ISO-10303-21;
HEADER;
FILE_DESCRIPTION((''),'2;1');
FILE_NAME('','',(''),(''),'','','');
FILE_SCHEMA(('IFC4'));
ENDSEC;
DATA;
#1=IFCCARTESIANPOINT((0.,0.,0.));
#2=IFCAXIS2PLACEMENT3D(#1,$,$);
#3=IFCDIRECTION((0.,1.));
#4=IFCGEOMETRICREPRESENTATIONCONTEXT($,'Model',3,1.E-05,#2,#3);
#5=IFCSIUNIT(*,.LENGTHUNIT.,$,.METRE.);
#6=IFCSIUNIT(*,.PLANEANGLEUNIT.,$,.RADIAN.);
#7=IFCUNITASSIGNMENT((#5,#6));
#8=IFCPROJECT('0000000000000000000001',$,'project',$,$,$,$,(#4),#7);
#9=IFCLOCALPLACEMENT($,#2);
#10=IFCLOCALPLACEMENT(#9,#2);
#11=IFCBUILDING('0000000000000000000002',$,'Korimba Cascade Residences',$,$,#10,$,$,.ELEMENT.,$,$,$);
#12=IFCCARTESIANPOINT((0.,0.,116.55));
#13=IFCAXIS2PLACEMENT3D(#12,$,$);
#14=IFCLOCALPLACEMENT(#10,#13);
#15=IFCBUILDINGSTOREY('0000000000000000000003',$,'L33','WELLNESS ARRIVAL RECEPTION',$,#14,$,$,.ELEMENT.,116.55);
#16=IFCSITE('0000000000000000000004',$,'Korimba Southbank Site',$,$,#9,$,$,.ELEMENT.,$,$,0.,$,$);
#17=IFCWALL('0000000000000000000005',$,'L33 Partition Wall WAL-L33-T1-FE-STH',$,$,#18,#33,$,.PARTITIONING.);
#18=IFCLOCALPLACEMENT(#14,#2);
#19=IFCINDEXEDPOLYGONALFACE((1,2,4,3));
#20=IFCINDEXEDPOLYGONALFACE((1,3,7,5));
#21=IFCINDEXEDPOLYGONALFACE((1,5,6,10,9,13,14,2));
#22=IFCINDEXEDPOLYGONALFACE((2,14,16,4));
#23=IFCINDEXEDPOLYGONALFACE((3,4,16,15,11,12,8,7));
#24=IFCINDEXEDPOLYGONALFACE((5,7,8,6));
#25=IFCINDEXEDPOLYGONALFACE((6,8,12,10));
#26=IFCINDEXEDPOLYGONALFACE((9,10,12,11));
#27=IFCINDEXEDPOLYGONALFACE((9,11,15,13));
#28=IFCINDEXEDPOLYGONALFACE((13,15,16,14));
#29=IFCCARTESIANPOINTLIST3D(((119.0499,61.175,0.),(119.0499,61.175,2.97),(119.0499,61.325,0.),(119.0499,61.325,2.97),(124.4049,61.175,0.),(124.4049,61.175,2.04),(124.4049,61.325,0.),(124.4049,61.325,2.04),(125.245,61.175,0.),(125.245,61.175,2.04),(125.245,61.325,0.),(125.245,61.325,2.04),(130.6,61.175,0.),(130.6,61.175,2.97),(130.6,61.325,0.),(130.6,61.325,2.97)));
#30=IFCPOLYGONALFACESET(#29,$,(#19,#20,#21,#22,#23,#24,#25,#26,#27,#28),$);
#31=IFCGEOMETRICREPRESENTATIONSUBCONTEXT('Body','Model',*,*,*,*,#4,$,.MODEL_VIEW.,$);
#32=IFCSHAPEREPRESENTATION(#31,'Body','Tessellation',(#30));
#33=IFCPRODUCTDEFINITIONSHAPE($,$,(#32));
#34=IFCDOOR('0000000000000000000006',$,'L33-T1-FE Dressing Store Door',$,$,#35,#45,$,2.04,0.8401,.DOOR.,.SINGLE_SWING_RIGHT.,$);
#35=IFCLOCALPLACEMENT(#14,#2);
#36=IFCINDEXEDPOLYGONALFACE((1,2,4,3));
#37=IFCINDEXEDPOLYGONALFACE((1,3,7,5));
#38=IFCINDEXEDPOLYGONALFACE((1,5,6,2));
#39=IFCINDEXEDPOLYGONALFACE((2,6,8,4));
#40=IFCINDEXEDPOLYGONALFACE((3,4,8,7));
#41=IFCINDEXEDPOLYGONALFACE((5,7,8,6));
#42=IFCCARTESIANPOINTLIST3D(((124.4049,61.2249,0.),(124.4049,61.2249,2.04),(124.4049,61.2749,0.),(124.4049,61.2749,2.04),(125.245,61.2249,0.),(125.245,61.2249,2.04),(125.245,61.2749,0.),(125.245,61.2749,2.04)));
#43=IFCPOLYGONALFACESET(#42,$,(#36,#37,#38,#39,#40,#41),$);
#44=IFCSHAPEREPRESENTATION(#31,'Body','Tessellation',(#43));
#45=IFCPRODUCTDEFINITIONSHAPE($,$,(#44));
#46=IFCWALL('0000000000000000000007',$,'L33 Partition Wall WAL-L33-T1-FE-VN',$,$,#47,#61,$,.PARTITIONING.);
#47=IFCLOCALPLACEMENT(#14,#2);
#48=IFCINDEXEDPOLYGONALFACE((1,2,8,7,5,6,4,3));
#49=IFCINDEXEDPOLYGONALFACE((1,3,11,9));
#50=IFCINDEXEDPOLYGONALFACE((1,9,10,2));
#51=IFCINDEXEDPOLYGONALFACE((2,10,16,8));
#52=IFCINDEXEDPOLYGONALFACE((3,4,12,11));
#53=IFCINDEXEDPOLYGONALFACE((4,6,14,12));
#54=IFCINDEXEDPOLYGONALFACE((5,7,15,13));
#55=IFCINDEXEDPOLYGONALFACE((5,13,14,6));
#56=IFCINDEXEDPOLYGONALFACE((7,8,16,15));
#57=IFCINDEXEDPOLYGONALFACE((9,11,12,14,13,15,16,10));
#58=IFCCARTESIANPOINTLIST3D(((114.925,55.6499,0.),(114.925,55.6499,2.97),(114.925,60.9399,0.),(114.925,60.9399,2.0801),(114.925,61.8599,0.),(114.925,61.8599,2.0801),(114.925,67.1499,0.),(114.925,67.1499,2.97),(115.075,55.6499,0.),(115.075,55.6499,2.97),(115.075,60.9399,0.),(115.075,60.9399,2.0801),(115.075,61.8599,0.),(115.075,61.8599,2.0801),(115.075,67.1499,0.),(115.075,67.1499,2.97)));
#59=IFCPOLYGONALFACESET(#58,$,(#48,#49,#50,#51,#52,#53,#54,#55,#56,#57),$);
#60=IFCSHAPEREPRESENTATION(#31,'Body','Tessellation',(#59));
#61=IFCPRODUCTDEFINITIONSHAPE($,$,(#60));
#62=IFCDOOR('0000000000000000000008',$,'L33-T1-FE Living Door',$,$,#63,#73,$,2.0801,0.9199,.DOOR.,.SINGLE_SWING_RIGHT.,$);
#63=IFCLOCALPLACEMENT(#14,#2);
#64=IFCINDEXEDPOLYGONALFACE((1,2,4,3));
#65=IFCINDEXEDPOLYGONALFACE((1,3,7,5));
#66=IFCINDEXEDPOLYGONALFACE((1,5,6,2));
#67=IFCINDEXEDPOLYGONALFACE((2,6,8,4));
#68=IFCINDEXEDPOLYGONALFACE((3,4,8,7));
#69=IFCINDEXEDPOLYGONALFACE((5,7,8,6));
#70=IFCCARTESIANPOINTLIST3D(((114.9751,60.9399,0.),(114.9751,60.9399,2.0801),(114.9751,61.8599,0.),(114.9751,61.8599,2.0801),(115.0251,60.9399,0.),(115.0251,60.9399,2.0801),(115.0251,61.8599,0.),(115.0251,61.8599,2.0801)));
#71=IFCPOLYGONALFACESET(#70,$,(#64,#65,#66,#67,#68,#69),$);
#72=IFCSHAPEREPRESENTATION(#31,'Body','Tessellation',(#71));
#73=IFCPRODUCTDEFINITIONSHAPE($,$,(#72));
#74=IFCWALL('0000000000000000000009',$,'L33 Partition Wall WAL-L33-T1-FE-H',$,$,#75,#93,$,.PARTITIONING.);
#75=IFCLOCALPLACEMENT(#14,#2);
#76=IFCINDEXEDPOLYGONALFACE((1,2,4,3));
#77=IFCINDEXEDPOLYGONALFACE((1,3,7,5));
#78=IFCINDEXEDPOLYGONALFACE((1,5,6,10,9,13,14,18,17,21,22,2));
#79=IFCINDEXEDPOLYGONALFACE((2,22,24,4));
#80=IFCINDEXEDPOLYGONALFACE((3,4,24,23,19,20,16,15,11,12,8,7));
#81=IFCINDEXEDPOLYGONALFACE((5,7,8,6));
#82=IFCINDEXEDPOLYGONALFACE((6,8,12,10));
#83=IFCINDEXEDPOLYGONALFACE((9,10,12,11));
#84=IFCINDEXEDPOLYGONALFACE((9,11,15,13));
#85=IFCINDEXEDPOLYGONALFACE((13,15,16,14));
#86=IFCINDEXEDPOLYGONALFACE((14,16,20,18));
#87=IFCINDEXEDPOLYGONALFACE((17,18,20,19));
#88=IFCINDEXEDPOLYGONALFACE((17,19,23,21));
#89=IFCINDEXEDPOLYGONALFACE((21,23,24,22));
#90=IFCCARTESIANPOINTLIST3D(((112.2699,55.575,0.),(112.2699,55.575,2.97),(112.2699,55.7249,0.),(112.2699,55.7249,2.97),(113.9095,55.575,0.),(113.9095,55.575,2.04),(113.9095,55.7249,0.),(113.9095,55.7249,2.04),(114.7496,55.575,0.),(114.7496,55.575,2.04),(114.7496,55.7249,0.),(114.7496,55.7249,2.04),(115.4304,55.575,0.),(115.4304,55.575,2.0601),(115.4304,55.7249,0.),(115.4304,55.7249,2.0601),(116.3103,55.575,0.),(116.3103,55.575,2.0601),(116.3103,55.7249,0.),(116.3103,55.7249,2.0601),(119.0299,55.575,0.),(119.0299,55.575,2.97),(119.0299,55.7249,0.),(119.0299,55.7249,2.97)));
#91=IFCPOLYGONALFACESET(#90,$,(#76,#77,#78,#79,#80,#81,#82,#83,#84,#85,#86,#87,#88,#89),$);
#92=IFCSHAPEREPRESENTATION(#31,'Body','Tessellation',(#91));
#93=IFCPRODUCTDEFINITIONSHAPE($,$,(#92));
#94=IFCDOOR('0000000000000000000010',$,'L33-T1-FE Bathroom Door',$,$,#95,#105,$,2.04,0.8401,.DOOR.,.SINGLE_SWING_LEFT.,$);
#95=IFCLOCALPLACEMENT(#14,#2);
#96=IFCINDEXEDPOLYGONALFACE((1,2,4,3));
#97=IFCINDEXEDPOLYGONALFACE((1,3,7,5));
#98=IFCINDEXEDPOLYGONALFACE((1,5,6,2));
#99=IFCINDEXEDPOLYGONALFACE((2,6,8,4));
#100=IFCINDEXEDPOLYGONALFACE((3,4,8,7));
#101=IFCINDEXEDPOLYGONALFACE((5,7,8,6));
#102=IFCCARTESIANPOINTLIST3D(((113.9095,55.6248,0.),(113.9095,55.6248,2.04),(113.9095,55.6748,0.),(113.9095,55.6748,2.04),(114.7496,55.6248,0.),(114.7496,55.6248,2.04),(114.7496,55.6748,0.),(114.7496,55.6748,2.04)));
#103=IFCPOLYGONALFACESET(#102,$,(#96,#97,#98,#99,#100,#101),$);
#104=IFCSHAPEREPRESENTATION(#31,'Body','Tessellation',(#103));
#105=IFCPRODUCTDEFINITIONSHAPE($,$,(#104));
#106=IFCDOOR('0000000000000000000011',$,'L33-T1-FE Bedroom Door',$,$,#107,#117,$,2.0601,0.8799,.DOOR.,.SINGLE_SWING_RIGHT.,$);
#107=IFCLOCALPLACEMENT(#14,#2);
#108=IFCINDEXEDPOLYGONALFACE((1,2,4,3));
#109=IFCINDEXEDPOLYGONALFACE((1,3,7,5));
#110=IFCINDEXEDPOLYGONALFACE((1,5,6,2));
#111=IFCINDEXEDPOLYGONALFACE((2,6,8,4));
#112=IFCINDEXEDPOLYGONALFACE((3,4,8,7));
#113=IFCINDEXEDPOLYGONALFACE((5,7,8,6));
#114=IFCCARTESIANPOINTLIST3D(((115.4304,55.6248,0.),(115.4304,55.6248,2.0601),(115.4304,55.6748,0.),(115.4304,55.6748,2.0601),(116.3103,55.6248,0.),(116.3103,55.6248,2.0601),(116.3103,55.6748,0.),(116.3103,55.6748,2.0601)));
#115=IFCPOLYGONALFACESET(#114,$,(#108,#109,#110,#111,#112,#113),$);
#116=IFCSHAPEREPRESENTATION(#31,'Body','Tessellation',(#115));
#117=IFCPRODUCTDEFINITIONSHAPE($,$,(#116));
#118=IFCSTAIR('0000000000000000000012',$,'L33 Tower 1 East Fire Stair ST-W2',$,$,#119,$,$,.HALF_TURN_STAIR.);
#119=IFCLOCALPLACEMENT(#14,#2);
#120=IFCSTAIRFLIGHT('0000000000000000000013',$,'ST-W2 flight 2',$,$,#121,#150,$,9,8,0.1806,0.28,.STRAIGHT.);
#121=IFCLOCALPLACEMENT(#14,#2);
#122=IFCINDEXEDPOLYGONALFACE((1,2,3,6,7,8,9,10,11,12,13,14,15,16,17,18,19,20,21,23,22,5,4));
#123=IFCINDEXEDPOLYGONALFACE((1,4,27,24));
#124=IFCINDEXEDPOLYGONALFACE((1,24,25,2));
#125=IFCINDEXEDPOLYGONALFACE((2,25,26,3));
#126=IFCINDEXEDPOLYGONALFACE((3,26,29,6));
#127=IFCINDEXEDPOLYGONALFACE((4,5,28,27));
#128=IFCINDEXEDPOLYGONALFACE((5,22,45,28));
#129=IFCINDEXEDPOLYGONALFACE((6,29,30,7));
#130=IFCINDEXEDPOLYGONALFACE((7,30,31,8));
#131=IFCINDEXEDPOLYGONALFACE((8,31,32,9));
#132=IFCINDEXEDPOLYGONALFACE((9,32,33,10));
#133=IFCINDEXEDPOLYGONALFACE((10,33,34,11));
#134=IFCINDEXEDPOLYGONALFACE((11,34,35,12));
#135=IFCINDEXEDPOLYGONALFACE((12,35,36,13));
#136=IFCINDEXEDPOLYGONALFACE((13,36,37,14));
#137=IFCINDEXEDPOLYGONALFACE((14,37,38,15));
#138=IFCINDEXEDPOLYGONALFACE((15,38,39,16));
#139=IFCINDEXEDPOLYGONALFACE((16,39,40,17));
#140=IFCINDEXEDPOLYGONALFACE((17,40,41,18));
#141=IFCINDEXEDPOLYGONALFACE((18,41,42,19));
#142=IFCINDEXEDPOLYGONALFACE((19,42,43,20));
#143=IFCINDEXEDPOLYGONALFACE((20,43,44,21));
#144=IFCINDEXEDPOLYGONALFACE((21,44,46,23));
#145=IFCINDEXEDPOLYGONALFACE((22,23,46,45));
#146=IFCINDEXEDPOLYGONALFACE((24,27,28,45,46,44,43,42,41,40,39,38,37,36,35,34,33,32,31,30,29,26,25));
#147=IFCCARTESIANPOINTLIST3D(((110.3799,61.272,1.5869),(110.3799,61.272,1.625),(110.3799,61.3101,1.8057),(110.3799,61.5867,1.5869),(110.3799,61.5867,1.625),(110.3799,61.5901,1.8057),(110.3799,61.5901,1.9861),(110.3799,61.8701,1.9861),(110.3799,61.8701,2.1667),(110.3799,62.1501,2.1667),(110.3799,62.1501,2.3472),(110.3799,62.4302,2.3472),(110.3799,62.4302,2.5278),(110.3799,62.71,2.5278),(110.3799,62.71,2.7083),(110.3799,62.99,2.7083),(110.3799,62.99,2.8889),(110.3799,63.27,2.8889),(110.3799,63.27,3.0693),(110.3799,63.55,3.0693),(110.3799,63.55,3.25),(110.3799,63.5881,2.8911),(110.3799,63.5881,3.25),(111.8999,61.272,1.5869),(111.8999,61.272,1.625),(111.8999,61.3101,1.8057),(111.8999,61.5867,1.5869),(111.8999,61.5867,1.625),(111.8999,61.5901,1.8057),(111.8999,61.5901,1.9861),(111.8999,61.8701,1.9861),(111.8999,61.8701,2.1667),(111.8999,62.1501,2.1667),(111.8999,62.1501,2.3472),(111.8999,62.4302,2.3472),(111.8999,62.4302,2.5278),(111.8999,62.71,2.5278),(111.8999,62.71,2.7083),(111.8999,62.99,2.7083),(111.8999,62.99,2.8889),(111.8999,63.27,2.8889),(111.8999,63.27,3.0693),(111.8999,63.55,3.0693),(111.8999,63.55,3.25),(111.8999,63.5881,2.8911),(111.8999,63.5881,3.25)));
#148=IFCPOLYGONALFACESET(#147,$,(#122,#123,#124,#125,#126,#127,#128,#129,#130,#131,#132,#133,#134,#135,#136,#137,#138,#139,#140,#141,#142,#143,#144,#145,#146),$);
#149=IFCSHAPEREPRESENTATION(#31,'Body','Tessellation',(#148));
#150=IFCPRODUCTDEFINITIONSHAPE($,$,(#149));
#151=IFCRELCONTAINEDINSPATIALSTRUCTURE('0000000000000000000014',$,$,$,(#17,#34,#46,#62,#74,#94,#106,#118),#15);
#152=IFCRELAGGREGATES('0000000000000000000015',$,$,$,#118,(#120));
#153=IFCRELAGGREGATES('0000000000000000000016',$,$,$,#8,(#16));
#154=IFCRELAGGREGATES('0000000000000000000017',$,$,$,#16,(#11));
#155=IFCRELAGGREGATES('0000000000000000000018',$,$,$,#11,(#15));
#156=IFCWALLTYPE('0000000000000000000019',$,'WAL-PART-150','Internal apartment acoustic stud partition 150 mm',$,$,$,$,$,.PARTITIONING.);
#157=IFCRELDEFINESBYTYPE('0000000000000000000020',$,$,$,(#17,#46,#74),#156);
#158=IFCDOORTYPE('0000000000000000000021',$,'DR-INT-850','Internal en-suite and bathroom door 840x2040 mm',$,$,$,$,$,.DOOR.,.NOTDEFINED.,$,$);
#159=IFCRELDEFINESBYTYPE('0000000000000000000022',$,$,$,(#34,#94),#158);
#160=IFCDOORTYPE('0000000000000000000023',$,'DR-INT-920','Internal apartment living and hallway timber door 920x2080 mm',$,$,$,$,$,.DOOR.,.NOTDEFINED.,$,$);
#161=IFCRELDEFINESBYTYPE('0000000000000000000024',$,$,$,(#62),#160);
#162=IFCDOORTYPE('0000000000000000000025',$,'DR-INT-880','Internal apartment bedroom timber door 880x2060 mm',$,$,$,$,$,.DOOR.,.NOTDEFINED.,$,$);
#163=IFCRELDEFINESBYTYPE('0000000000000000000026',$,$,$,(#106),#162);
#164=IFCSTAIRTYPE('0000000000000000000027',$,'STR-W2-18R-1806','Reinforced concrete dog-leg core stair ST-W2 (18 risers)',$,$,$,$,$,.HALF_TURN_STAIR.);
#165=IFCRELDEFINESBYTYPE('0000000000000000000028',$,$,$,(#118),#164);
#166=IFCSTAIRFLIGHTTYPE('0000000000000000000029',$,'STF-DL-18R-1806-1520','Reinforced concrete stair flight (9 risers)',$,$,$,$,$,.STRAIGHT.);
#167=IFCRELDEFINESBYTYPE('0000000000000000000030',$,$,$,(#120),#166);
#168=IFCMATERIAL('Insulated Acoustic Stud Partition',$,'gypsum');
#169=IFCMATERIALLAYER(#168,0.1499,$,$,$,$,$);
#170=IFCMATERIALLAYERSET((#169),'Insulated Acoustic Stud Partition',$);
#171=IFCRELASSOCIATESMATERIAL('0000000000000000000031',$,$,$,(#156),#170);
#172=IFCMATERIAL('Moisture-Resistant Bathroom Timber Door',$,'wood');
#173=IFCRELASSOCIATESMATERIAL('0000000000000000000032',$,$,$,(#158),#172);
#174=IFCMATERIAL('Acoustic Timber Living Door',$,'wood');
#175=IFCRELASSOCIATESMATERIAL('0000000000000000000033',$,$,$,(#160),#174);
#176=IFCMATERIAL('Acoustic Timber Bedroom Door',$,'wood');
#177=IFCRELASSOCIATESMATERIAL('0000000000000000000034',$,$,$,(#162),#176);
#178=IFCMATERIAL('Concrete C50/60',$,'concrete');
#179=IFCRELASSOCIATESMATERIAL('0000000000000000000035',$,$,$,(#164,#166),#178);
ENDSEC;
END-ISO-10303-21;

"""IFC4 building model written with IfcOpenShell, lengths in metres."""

from ifc_helpers import new_model, si_unit, direction, frame, frame_2d, origin, place, context, subcontext, project, spatial, polyline, rectangle, outline, extrude, material, layer, layer_set, type_object, element, fill, aggregate, save


model = new_model("IFC4")

# Units and contexts
model_context = context("Model", 3, precision=1e-05, world=origin(), true_north=direction((0.0, 1.0)))
body_context = subcontext(model_context, "Body", "Model", "MODEL_VIEW")
ifc_project = project(units=[si_unit("LENGTHUNIT", "METRE"), si_unit("PLANEANGLEUNIT", "RADIAN")], contexts=[model_context])

# Site, building, storey
site_placement = place(None, origin())
site = spatial("IfcSite", under=ifc_project, at=site_placement, Name="Korimba Southbank Site", CompositionType="ELEMENT", RefElevation=0.0)
building_placement = place(site_placement, origin())
building = spatial("IfcBuilding", under=site, at=building_placement, Name="Korimba Cascade Residences", CompositionType="ELEMENT")
storey_placement = place(building_placement, frame((0.0, 0.0, 116.55)))
storey = spatial("IfcBuildingStorey", under=building, at=storey_placement, Name="L33", Description="WELLNESS ARRIVAL RECEPTION", CompositionType="ELEMENT", Elevation=116.55)

# Walls, openings, doors
ifc_material_1 = material(Name="Insulated Acoustic Stud Partition", Category="gypsum")
ifc_layer_1 = layer(ifc_material_1, 0.1499)
ifc_layer_set_1 = layer_set([ifc_layer_1], Name="Insulated Acoustic Stud Partition")
wall_type_1 = type_object("IfcWallType", Name="WAL-PART-150", Description="Internal apartment acoustic stud partition 150 mm", PredefinedType="PARTITIONING", material=ifc_layer_set_1)
wall_1_placement = place(storey_placement, frame((119.05, 61.25, 0.0), z_axis=(0.0, 0.0, 1.0), x_axis=(1.0, 0.0, 0.0)))
wall_1 = element("IfcWall", 1, at=wall_1_placement, inside=storey, type_object=wall_type_1, Name="L33 Partition Wall WAL-L33-T1-FE-STH", PredefinedType="PARTITIONING", context=body_context, shape_type="SweptSolid", body=[
    extrude(rectangle(XDim=11.55, YDim=0.1499, at=frame_2d((5.7749, 0.0))), origin(), (0.0, 0.0, 1.0), 2.97),
])
opening_1_placement = place(wall_1_placement, frame((5.355, 0.0, 0.0)))
opening_1 = element("IfcOpeningElement", 2, at=opening_1_placement, cuts=wall_1, PredefinedType="OPENING", context=body_context, shape_type="SweptSolid", body=[
    extrude(rectangle(XDim=0.8401, YDim=2.04, at=frame_2d((0.4199, 1.02))), frame((0.0, 0.085, 0.0), z_axis=(0.0, -1.0, 0.0), x_axis=(1.0, 0.0, 0.0)), (0.0, 0.0, 1.0), 0.1699),
])
ifc_material_2 = material(Name="Moisture-Resistant Bathroom Timber Door", Category="wood")
door_type_1 = type_object("IfcDoorType", Name="DR-INT-850", Description="Internal en-suite and bathroom door 840x2040 mm", OperationType="NOTDEFINED", PredefinedType="DOOR", material=ifc_material_2)
door_1_placement = place(opening_1_placement, origin())
door_1 = element("IfcDoor", 3, at=door_1_placement, inside=storey, type_object=door_type_1, Name="L33-T1-FE Dressing Store Door", OperationType="SINGLE_SWING_RIGHT", OverallHeight=2.04, OverallWidth=0.8401, PredefinedType="DOOR", context=body_context, shape_type="SweptSolid", body=[
    extrude(rectangle(XDim=0.8401, YDim=2.04, at=frame_2d((0.4199, 1.02))), frame((0.0, 0.0249, 0.0), z_axis=(0.0, -1.0, 0.0), x_axis=(1.0, 0.0, 0.0)), (0.0, 0.0, 1.0), 0.05),
])
fill(opening_1, door_1)
wall_2_placement = place(storey_placement, frame((115.0, 55.6499, 0.0), z_axis=(0.0, 0.0, 1.0), x_axis=(0.0, 1.0, 0.0)))
wall_2 = element("IfcWall", 4, at=wall_2_placement, inside=storey, type_object=wall_type_1, Name="L33 Partition Wall WAL-L33-T1-FE-VN", PredefinedType="PARTITIONING", context=body_context, shape_type="SweptSolid", body=[
    extrude(rectangle(XDim=11.5, YDim=0.1499, at=frame_2d((5.75, 0.0))), origin(), (0.0, 0.0, 1.0), 2.97),
])
opening_2_placement = place(wall_2_placement, frame((5.29, 0.0, 0.0)))
opening_2 = element("IfcOpeningElement", 5, at=opening_2_placement, cuts=wall_2, PredefinedType="OPENING", context=body_context, shape_type="SweptSolid", body=[
    extrude(rectangle(XDim=0.9199, YDim=2.0801, at=frame_2d((0.46, 1.04))), frame((0.0, 0.085, 0.0), z_axis=(0.0, -1.0, 0.0), x_axis=(1.0, 0.0, 0.0)), (0.0, 0.0, 1.0), 0.1699),
])
ifc_material_3 = material(Name="Acoustic Timber Living Door", Category="wood")
door_type_2 = type_object("IfcDoorType", Name="DR-INT-920", Description="Internal apartment living and hallway timber door 920x2080 mm", OperationType="NOTDEFINED", PredefinedType="DOOR", material=ifc_material_3)
door_2_placement = place(opening_2_placement, origin())
door_2 = element("IfcDoor", 6, at=door_2_placement, inside=storey, type_object=door_type_2, Name="L33-T1-FE Living Door", OperationType="SINGLE_SWING_RIGHT", OverallHeight=2.0801, OverallWidth=0.9199, PredefinedType="DOOR", context=body_context, shape_type="SweptSolid", body=[
    extrude(rectangle(XDim=0.9199, YDim=2.0801, at=frame_2d((0.46, 1.04))), frame((0.0, 0.0249, 0.0), z_axis=(0.0, -1.0, 0.0), x_axis=(1.0, 0.0, 0.0)), (0.0, 0.0, 1.0), 0.05),
])
fill(opening_2, door_2)

# Wall, openings, doors
wall_3_placement = place(storey_placement, frame((112.27, 55.6499, 0.0), z_axis=(0.0, 0.0, 1.0), x_axis=(1.0, 0.0, 0.0)))
wall_3 = element("IfcWall", 7, at=wall_3_placement, inside=storey, type_object=wall_type_1, Name="L33 Partition Wall WAL-L33-T1-FE-H", PredefinedType="PARTITIONING", context=body_context, shape_type="SweptSolid", body=[
    extrude(rectangle(XDim=6.76, YDim=0.1499, at=frame_2d((3.3799, 0.0))), origin(), (0.0, 0.0, 1.0), 2.97),
])
opening_3_placement = place(wall_3_placement, frame((1.6396, 0.0, 0.0)))
opening_3 = element("IfcOpeningElement", 8, at=opening_3_placement, cuts=wall_3, PredefinedType="OPENING", context=body_context, shape_type="SweptSolid", body=[
    extrude(rectangle(XDim=0.8401, YDim=2.04, at=frame_2d((0.4199, 1.02))), frame((0.0, 0.085, 0.0), z_axis=(0.0, -1.0, 0.0), x_axis=(1.0, 0.0, 0.0)), (0.0, 0.0, 1.0), 0.1699),
])
opening_4_placement = place(wall_3_placement, frame((3.1604, 0.0, 0.0)))
opening_4 = element("IfcOpeningElement", 9, at=opening_4_placement, cuts=wall_3, PredefinedType="OPENING", context=body_context, shape_type="SweptSolid", body=[
    extrude(rectangle(XDim=0.8799, YDim=2.0601, at=frame_2d((0.4399, 1.03))), frame((0.0, 0.085, 0.0), z_axis=(0.0, -1.0, 0.0), x_axis=(1.0, 0.0, 0.0)), (0.0, 0.0, 1.0), 0.1699),
])
door_3_placement = place(opening_3_placement, origin())
door_3 = element("IfcDoor", 10, at=door_3_placement, inside=storey, type_object=door_type_1, Name="L33-T1-FE Bathroom Door", OperationType="SINGLE_SWING_LEFT", OverallHeight=2.04, OverallWidth=0.8401, PredefinedType="DOOR", context=body_context, shape_type="SweptSolid", body=[
    extrude(rectangle(XDim=0.8401, YDim=2.04, at=frame_2d((0.4199, 1.02))), frame((0.0, 0.0249, 0.0), z_axis=(0.0, -1.0, 0.0), x_axis=(1.0, 0.0, 0.0)), (0.0, 0.0, 1.0), 0.05),
])
fill(opening_3, door_3)
ifc_material_4 = material(Name="Acoustic Timber Bedroom Door", Category="wood")
door_type_3 = type_object("IfcDoorType", Name="DR-INT-880", Description="Internal apartment bedroom timber door 880x2060 mm", OperationType="NOTDEFINED", PredefinedType="DOOR", material=ifc_material_4)
door_4_placement = place(opening_4_placement, origin())
door_4 = element("IfcDoor", 11, at=door_4_placement, inside=storey, type_object=door_type_3, Name="L33-T1-FE Bedroom Door", OperationType="SINGLE_SWING_RIGHT", OverallHeight=2.0601, OverallWidth=0.8799, PredefinedType="DOOR", context=body_context, shape_type="SweptSolid", body=[
    extrude(rectangle(XDim=0.8799, YDim=2.0601, at=frame_2d((0.4399, 1.03))), frame((0.0, 0.0249, 0.0), z_axis=(0.0, -1.0, 0.0), x_axis=(1.0, 0.0, 0.0)), (0.0, 0.0, 1.0), 0.05),
])
fill(opening_4, door_4)

# Stair, stair flight
ifc_material_5 = material(Name="Concrete C50/60", Category="concrete")
stair_type = type_object("IfcStairType", Name="STR-W2-18R-1806", Description="Reinforced concrete dog-leg core stair ST-W2 (18 risers)", PredefinedType="HALF_TURN_STAIR", material=ifc_material_5)
stair_placement = place(storey_placement, origin())
stair = element("IfcStair", 12, at=stair_placement, inside=storey, type_object=stair_type, Name="L33 Tower 1 East Fire Stair ST-W2", PredefinedType="HALF_TURN_STAIR")
stair_flight_type = type_object("IfcStairFlightType", Name="STF-DL-18R-1806-1520", Description="Reinforced concrete stair flight (9 risers)", PredefinedType="STRAIGHT", material=ifc_material_5)
stair_flight_placement = place(storey_placement, frame((111.1399, 61.3101, 1.625), z_axis=(0.0, 0.0, 1.0), x_axis=(0.0, 1.0, 0.0)))
stair_flight = element("IfcStairFlight", 13, at=stair_flight_placement, type_object=stair_flight_type, Name="ST-W2 flight 2", NumberOfRisers=9, NumberOfTreads=8, PredefinedType="STRAIGHT", RiserHeight=0.1806, TreadLength=0.28, context=body_context, shape_type="SweptSolid", body=[
    extrude(outline(polyline([(-0.0381, 0.0), (0.0, 0.1807), (0.28, 0.1807), (0.28, 0.3611), (0.5601, 0.3611), (0.5601, 0.5417), (0.8401, 0.5417), (0.8401, 0.7222), (1.1201, 0.7222), (1.1201, 0.9028), (1.3999, 0.9028), (1.3999, 1.0833), (1.6799, 1.0833), (1.6799, 1.2639), (1.96, 1.2639), (1.96, 1.4443), (2.24, 1.4443), (2.24, 1.625), (2.2781, 1.625), (2.2781, 1.2661), (0.2766, 0.0), (0.2766, -0.0381), (-0.0381, -0.0381), (-0.0381, 0.0)])), frame((0.0, 0.76, 0.0), z_axis=(0.0, -1.0, 0.0), x_axis=(1.0, 0.0, 0.0)), (0.0, 0.0, 1.0), 1.52),
])
aggregate(stair, [stair_flight])

save(model, "model.ifc")
